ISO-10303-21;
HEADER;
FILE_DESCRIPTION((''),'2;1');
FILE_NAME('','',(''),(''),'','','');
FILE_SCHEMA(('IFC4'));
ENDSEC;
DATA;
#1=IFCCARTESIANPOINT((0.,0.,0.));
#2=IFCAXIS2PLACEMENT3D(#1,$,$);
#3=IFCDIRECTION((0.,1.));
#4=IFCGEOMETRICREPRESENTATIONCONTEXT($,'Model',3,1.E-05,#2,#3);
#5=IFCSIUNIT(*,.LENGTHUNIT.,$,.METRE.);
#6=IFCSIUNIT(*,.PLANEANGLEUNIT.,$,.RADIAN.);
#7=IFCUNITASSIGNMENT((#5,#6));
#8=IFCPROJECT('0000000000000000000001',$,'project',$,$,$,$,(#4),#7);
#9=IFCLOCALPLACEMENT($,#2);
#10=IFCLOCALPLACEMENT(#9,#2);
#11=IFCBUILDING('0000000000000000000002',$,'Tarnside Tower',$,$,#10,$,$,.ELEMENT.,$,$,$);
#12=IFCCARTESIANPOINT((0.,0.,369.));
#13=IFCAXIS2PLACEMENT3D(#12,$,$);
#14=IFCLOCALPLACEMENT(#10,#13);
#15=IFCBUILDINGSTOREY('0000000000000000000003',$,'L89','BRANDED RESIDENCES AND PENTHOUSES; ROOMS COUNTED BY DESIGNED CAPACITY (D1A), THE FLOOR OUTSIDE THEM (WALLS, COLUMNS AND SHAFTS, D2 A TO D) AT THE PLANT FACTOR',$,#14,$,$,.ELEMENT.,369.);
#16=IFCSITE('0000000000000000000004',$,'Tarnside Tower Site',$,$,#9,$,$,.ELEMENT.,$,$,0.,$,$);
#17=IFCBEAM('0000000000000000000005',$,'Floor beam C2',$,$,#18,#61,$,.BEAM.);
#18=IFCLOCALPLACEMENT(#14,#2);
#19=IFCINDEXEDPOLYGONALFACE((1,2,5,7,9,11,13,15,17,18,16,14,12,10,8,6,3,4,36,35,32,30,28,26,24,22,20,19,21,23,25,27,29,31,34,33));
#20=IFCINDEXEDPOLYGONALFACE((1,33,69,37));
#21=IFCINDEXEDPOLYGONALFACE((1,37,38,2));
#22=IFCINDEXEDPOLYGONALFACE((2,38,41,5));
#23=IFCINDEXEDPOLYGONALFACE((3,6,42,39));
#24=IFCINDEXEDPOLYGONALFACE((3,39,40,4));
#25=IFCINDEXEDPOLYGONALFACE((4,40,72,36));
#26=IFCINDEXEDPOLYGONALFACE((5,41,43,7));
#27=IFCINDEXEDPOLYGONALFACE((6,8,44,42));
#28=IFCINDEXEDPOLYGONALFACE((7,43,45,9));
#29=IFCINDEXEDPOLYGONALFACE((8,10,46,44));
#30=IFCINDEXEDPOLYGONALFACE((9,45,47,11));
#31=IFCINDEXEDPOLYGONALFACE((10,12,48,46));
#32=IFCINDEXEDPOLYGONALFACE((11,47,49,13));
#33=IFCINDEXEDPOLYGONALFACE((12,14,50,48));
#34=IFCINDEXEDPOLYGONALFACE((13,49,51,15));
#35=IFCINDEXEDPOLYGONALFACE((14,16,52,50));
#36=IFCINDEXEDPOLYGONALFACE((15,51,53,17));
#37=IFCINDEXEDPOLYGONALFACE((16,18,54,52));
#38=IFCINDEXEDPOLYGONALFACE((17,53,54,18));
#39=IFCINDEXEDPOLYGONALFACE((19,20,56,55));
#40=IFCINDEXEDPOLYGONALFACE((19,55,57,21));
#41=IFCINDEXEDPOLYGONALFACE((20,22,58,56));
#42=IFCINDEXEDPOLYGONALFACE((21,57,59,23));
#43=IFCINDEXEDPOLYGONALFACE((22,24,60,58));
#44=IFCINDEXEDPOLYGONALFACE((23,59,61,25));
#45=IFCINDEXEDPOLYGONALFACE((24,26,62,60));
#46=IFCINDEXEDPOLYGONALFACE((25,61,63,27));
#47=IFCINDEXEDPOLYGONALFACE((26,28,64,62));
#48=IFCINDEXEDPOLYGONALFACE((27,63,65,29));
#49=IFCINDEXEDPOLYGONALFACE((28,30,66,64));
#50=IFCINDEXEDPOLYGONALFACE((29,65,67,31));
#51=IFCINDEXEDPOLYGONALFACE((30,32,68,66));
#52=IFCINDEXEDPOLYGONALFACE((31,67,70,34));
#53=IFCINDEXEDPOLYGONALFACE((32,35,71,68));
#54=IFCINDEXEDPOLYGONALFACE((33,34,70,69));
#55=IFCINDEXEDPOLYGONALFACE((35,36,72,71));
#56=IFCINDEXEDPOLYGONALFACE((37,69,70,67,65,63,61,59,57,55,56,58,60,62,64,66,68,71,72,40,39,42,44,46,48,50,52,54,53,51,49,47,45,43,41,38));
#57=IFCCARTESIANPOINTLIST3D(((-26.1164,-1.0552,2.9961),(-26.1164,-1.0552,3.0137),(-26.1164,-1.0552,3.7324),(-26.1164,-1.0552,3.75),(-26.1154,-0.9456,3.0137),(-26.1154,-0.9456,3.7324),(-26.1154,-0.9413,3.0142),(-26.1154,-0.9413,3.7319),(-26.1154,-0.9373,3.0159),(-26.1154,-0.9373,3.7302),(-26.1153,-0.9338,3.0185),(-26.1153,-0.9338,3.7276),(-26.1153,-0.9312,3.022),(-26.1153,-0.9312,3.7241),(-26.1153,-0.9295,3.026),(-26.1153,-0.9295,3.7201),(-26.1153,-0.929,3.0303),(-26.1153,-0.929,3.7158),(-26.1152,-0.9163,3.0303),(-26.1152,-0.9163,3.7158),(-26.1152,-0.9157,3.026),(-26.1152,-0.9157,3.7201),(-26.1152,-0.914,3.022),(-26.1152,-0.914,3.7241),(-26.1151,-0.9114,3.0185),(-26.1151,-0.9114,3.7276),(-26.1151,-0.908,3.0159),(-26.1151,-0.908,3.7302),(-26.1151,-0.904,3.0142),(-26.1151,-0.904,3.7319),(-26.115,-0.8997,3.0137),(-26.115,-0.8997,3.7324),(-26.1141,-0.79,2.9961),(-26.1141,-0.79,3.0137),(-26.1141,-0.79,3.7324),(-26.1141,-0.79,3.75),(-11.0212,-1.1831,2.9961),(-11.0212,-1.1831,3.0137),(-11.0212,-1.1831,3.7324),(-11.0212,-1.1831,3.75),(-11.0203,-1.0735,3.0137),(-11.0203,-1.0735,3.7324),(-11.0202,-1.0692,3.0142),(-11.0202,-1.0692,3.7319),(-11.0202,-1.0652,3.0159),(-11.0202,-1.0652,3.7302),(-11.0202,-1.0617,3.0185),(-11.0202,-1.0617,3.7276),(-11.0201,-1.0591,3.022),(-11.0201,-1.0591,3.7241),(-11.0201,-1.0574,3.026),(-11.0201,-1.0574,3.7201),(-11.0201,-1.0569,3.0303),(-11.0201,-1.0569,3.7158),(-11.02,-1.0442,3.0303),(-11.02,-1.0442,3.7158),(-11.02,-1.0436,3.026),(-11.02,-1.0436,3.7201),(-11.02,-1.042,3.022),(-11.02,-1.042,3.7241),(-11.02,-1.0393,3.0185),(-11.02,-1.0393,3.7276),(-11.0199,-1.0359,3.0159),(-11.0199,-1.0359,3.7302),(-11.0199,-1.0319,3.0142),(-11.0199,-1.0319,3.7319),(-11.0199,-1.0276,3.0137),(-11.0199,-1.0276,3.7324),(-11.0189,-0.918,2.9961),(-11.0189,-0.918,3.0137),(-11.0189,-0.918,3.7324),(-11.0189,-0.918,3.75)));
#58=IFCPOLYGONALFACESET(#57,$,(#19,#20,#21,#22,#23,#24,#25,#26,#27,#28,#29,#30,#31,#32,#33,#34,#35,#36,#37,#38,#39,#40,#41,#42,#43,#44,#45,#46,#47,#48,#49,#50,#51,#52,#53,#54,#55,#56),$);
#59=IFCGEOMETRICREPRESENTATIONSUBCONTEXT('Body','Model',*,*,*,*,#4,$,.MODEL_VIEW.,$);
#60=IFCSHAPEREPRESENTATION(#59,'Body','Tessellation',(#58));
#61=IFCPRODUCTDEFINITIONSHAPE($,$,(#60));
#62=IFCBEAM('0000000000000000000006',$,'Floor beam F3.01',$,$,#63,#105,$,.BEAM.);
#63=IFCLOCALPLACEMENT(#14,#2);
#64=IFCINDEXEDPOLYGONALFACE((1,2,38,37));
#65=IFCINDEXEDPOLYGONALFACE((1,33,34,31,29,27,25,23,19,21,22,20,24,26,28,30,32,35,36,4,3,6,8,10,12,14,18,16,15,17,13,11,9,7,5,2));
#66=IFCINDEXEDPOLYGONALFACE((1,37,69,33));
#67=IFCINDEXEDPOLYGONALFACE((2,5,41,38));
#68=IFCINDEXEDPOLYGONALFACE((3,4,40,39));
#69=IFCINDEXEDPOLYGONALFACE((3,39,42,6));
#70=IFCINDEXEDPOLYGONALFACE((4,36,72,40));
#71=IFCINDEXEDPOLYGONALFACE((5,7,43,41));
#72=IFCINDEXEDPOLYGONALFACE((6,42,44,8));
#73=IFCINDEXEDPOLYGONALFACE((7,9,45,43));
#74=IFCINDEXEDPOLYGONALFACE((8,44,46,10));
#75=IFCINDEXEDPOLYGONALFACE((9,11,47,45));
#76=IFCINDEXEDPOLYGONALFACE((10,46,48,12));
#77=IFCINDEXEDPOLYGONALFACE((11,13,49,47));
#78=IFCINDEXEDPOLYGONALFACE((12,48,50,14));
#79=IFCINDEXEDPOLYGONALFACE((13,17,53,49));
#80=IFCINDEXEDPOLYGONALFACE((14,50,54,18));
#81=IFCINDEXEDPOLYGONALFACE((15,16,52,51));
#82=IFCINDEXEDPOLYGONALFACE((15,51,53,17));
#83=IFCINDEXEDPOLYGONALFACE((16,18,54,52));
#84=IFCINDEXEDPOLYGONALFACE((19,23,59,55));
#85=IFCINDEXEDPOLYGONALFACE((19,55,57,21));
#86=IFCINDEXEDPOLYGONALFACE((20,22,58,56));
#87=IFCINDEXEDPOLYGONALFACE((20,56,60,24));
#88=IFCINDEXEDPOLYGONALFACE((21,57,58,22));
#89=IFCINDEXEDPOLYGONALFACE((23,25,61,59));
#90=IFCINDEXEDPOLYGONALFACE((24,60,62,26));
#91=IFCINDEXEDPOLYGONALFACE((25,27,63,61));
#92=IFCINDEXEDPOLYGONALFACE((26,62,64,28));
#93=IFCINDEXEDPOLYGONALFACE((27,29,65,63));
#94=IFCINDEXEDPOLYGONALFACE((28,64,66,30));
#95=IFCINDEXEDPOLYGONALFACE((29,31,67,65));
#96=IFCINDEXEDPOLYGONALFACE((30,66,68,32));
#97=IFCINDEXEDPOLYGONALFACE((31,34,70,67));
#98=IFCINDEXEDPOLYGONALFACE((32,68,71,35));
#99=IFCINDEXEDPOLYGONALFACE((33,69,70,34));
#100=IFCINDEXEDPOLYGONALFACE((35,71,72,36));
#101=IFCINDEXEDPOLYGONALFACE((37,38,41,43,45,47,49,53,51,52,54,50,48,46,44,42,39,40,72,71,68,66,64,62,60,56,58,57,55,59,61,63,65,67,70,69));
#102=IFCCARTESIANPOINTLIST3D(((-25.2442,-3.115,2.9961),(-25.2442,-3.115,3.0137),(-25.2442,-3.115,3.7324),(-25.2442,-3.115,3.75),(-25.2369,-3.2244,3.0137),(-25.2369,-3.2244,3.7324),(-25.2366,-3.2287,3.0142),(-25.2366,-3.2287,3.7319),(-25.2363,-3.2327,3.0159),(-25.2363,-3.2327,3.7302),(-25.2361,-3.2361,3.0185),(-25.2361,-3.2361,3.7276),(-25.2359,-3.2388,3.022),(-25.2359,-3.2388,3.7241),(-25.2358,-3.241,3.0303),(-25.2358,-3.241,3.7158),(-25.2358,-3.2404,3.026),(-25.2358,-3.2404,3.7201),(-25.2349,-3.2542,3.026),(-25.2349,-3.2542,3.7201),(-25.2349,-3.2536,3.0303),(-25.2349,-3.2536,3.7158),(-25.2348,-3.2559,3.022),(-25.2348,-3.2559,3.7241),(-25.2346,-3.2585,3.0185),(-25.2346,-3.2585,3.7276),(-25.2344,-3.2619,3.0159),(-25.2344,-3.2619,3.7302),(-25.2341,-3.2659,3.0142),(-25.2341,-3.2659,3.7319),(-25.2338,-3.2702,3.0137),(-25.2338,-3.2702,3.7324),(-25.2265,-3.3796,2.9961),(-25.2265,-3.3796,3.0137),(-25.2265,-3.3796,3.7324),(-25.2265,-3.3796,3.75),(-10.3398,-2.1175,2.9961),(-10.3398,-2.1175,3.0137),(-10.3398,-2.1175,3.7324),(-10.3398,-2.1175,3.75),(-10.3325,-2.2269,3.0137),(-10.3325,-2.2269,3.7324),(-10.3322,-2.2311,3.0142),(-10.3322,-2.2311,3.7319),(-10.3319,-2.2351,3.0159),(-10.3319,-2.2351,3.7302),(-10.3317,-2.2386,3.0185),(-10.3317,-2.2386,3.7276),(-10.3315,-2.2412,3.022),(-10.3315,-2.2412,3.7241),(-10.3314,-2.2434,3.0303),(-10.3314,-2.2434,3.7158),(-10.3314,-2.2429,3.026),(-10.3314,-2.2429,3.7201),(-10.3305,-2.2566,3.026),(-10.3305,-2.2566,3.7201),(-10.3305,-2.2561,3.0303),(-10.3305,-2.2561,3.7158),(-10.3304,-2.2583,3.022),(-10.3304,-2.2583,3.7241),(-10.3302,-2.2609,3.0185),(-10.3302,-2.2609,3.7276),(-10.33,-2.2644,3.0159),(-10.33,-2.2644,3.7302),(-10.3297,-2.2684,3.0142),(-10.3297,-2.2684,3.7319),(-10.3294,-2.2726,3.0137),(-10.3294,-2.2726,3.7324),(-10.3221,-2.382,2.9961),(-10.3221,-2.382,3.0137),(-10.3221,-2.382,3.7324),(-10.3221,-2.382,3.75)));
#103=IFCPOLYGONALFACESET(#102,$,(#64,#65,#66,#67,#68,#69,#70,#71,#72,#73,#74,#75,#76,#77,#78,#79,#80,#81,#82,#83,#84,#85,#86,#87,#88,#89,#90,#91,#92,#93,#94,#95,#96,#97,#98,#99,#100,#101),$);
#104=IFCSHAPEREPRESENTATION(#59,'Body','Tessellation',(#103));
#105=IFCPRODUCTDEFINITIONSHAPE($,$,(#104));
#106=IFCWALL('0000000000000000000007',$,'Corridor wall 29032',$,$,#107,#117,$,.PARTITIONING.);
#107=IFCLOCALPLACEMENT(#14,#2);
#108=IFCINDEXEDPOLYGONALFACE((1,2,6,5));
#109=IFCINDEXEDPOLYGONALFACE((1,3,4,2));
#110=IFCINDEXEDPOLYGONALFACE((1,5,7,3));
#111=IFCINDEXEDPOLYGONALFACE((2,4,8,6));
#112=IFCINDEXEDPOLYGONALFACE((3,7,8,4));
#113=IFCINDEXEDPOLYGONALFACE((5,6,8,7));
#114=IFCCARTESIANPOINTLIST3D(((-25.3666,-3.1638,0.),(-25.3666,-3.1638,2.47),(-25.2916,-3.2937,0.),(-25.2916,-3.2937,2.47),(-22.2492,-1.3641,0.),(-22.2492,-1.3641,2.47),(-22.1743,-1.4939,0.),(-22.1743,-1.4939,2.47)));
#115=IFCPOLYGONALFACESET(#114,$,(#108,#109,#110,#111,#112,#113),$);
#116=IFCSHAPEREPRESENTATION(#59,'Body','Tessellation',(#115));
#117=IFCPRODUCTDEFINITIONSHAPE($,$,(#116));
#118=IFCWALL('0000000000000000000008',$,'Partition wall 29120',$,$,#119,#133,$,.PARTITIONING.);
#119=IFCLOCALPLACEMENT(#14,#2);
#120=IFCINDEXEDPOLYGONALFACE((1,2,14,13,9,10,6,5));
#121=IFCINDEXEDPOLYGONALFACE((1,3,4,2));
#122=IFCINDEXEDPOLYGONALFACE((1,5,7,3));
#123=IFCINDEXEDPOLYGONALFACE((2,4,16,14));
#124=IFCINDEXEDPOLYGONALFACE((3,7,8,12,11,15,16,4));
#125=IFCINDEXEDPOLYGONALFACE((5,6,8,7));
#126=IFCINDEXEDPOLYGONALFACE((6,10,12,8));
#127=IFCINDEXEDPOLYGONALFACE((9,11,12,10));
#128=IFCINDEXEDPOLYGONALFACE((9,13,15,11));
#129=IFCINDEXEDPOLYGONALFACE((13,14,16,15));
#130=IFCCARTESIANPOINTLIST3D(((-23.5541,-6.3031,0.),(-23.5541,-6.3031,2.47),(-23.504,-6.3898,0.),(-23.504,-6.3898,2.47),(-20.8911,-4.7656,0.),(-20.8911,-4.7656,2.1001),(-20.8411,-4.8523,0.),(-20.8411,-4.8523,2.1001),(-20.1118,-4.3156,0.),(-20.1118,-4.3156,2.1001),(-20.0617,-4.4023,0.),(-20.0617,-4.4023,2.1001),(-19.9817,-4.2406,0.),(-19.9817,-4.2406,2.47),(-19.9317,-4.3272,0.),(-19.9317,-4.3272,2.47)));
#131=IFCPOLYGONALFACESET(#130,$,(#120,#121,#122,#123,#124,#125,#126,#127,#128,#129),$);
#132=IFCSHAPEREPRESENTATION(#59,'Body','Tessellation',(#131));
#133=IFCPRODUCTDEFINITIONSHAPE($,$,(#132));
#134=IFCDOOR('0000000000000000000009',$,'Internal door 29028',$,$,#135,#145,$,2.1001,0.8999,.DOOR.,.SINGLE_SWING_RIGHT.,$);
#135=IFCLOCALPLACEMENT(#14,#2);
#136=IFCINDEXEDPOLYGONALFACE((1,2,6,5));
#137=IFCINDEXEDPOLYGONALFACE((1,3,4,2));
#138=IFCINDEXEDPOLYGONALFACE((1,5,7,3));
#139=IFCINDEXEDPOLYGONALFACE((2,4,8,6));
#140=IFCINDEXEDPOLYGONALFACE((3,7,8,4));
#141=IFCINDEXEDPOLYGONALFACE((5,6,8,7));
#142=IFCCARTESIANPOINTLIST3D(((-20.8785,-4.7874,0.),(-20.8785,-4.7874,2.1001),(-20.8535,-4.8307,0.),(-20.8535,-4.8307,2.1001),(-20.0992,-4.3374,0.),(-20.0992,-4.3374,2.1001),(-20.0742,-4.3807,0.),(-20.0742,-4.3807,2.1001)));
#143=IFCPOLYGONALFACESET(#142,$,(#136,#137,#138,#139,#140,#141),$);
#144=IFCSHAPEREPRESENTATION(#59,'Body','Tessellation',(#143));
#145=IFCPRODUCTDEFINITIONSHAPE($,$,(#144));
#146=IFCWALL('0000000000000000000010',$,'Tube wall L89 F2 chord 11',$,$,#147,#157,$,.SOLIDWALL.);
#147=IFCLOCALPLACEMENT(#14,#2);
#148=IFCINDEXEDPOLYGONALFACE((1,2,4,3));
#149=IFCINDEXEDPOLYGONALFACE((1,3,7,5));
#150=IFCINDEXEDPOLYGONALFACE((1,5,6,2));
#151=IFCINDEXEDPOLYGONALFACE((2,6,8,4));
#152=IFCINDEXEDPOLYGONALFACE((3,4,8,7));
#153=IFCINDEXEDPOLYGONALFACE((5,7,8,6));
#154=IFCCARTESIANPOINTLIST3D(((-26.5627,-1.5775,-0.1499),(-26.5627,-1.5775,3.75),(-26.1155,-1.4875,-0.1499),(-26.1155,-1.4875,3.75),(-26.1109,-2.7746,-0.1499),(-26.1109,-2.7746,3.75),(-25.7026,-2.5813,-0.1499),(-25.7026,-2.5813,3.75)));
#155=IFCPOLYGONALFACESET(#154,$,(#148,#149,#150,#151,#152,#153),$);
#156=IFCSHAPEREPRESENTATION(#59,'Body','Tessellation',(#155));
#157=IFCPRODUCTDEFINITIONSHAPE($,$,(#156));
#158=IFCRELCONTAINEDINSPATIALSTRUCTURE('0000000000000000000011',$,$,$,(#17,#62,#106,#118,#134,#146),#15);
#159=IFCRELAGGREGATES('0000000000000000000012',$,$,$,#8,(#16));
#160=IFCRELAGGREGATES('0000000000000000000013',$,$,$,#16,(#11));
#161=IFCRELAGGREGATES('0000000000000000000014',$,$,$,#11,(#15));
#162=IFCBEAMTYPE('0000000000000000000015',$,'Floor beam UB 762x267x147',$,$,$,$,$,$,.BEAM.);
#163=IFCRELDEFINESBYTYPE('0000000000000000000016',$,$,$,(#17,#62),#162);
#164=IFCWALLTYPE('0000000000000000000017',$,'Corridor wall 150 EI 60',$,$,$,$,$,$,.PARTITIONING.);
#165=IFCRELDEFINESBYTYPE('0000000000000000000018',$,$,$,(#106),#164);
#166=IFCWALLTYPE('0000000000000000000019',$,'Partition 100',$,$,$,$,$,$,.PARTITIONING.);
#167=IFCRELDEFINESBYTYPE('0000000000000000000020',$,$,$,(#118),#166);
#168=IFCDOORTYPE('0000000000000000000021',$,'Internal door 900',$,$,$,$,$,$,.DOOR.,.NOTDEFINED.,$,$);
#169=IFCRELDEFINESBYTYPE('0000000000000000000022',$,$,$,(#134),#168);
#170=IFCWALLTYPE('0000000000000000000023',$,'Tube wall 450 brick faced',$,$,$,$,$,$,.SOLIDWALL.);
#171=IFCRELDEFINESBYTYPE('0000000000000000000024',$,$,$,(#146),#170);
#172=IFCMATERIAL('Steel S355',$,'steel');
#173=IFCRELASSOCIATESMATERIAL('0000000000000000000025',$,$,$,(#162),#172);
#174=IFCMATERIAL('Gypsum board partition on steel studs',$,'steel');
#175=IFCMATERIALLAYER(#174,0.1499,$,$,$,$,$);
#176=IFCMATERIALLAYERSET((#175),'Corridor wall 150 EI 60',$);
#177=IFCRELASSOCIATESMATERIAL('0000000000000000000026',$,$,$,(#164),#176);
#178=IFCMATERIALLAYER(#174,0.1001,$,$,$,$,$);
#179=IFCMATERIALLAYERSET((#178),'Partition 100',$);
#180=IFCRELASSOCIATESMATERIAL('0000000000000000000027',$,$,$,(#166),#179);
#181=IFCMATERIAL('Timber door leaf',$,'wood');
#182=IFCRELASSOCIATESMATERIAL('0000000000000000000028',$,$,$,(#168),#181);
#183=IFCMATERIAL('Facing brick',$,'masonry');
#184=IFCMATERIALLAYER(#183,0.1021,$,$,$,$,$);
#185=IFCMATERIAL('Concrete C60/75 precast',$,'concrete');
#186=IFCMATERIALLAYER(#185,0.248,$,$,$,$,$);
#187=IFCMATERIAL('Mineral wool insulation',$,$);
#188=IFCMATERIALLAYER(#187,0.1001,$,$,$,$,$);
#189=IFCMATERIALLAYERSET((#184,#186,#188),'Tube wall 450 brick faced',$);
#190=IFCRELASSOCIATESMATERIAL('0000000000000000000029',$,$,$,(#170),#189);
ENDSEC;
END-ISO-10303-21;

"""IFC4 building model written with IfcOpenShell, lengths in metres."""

from ifc_helpers import new_model, si_unit, direction, frame, frame_2d, origin, origin_2d, place, context, subcontext, project, spatial, polyline, rectangle, i_section, outline, extrude, material, layer, layer_set, material_profile, profile_set, type_object, element, fill, save


model = new_model("IFC4")

# Units and contexts
model_context = context("Model", 3, precision=1e-05, world=origin(), true_north=direction((0.0, 1.0)))
body_context = subcontext(model_context, "Body", "Model", "MODEL_VIEW")
ifc_project = project(units=[si_unit("LENGTHUNIT", "METRE"), si_unit("PLANEANGLEUNIT", "RADIAN")], contexts=[model_context])

# Site, building, storey
site_placement = place(None, origin())
site = spatial("IfcSite", under=ifc_project, at=site_placement, Name="Tarnside Tower Site", CompositionType="ELEMENT", RefElevation=0.0)
building_placement = place(site_placement, origin())
building = spatial("IfcBuilding", under=site, at=building_placement, Name="Tarnside Tower", CompositionType="ELEMENT")
storey_placement = place(building_placement, frame((0.0, 0.0, 369.0)))
storey = spatial("IfcBuildingStorey", under=building, at=storey_placement, Name="L89", Description="BRANDED RESIDENCES AND PENTHOUSES; ROOMS COUNTED BY DESIGNED CAPACITY (D1A), THE FLOOR OUTSIDE THEM (WALLS, COLUMNS AND SHAFTS, D2 A TO D) AT THE PLANT FACTOR", CompositionType="ELEMENT", Elevation=369.0)

# Beams
ifc_material_1 = material(Name="Steel S355", Category="steel")
ifc_material_profile = material_profile(ifc_material_1, i_section(OverallWidth=0.2651, OverallDepth=0.7539, WebThickness=0.0127, FlangeThickness=0.0176, FilletRadius=0.0166, at=origin_2d()), Name="UB 762x267x147")
ifc_profile_set = profile_set([ifc_material_profile], Name="Steel S355")
beam_type = type_object("IfcBeamType", Name="Floor beam UB 762x267x147", PredefinedType="BEAM", material=ifc_profile_set)
beam_1_placement = place(storey_placement, frame((-26.1152, -0.9226, 3.373), z_axis=(0.999964, -0.008475, 0.0), x_axis=(0.008475, 0.999964, 0.0)))
element("IfcBeam", 1, at=beam_1_placement, inside=storey, type_object=beam_type, Name="Floor beam C2", PredefinedType="BEAM", context=body_context, shape_type="SweptSolid", body=[
    extrude(i_section(OverallWidth=0.2651, OverallDepth=0.7539, WebThickness=0.0127, FlangeThickness=0.0176, FilletRadius=0.0166, at=origin_2d()), origin(), (0.0, 0.0, 1.0), 15.0957),
])
beam_2_placement = place(storey_placement, frame((-25.2354, -3.2473, 3.373), z_axis=(0.997768, 0.066782, 0.0), x_axis=(-0.066782, 0.997768, 0.0)))
element("IfcBeam", 2, at=beam_2_placement, inside=storey, type_object=beam_type, Name="Floor beam F3.01", PredefinedType="BEAM", context=body_context, shape_type="SweptSolid", body=[
    extrude(i_section(OverallWidth=0.2651, OverallDepth=0.7539, WebThickness=0.0127, FlangeThickness=0.0176, FilletRadius=0.0166, at=origin_2d()), origin(), (0.0, 0.0, 1.0), 14.9377),
])

# Wall
ifc_material_2 = material(Name="Gypsum board partition on steel studs", Category="steel")
ifc_layer_1 = layer(ifc_material_2, 0.1499)
ifc_layer_set_1 = layer_set([ifc_layer_1], Name="Corridor wall 150 EI 60")
wall_type_1 = type_object("IfcWallType", Name="Corridor wall 150 EI 60", PredefinedType="PARTITIONING", material=ifc_layer_set_1)
wall_1_placement = place(storey_placement, frame((-25.3291, -3.2288, 0.0), z_axis=(0.0, 0.0, 1.0), x_axis=(0.866031, 0.499991, 0.0)))
element("IfcWall", 3, at=wall_1_placement, inside=storey, type_object=wall_type_1, Name="Corridor wall 29032", PredefinedType="PARTITIONING", context=body_context, shape_type="SweptSolid", body=[
    extrude(rectangle(XDim=3.5996, YDim=0.1499, at=frame_2d((1.7998, 0.0))), origin(), (0.0, 0.0, 1.0), 2.47),
])

# Wall, opening, door
ifc_layer_2 = layer(ifc_material_2, 0.1001)
ifc_layer_set_2 = layer_set([ifc_layer_2], Name="Partition 100")
wall_type_2 = type_object("IfcWallType", Name="Partition 100", PredefinedType="PARTITIONING", material=ifc_layer_set_2)
wall_2_placement = place(storey_placement, frame((-23.5291, -6.3464, 0.0), z_axis=(0.0, 0.0, 1.0), x_axis=(0.86602, 0.500009, 0.0)))
wall_2 = element("IfcWall", 4, at=wall_2_placement, inside=storey, type_object=wall_type_2, Name="Partition wall 29120", PredefinedType="PARTITIONING", context=body_context, shape_type="SweptSolid", body=[
    extrude(rectangle(XDim=4.125, YDim=0.1001, at=frame_2d((2.0625, 0.0))), origin(), (0.0, 0.0, 1.0), 2.47),
])
opening_1_placement = place(wall_2_placement, frame((3.075, 0.0, 0.0)))
opening_1 = element("IfcOpeningElement", 5, at=opening_1_placement, cuts=wall_2, PredefinedType="OPENING", context=body_context, shape_type="SweptSolid", body=[
    extrude(rectangle(XDim=0.8999, YDim=2.1001, at=frame_2d((0.45, 1.05))), frame((0.0, 0.0601, 0.0), z_axis=(0.0, -1.0, 0.0), x_axis=(1.0, 0.0, 0.0)), (0.0, 0.0, 1.0), 0.1201),
])
ifc_material_3 = material(Name="Timber door leaf", Category="wood")
door_type = type_object("IfcDoorType", Name="Internal door 900", OperationType="NOTDEFINED", PredefinedType="DOOR", material=ifc_material_3)
door_placement = place(opening_1_placement, origin())
door = element("IfcDoor", 6, at=door_placement, inside=storey, type_object=door_type, Name="Internal door 29028", OperationType="SINGLE_SWING_RIGHT", OverallHeight=2.1001, OverallWidth=0.8999, PredefinedType="DOOR", context=body_context, shape_type="SweptSolid", body=[
    extrude(rectangle(XDim=0.8999, YDim=2.1001, at=frame_2d((0.45, 1.05))), frame((0.0, 0.0249, 0.0), z_axis=(0.0, -1.0, 0.0), x_axis=(1.0, 0.0, 0.0)), (0.0, 0.0, 1.0), 0.05),
])
fill(opening_1, door)

# Wall
ifc_material_4 = material(Name="Facing brick", Category="masonry")
ifc_layer_3 = layer(ifc_material_4, 0.1021)
ifc_material_5 = material(Name="Concrete C60/75 precast", Category="concrete")
ifc_layer_4 = layer(ifc_material_5, 0.248)
ifc_material_6 = material(Name="Mineral wool insulation")
ifc_layer_5 = layer(ifc_material_6, 0.1001)
ifc_layer_set_3 = layer_set([ifc_layer_3, ifc_layer_4, ifc_layer_5], Name="Tube wall 450 brick faced")
wall_type_3 = type_object("IfcWallType", Name="Tube wall 450 brick faced", PredefinedType="SOLIDWALL", material=ifc_layer_set_3)
wall_3_placement = place(storey_placement, frame((-26.3391, -1.5325, -0.1499), z_axis=(0.0, 0.0, 1.0), x_axis=(0.353133, -0.935573, 0.0)))
element("IfcWall", 7, at=wall_3_placement, inside=storey, type_object=wall_type_3, Name="Tube wall L89 F2 chord 11", PredefinedType="SOLIDWALL", context=body_context, shape_type="SweptSolid", body=[
    extrude(outline(polyline([(-0.0369, -0.2251), (1.2427, -0.2251), (1.2061, 0.2251), (0.0369, 0.2251), (-0.0369, -0.2251)])), origin(), (0.0, 0.0, 1.0), 3.8999),
])

save(model, "model.ifc")
